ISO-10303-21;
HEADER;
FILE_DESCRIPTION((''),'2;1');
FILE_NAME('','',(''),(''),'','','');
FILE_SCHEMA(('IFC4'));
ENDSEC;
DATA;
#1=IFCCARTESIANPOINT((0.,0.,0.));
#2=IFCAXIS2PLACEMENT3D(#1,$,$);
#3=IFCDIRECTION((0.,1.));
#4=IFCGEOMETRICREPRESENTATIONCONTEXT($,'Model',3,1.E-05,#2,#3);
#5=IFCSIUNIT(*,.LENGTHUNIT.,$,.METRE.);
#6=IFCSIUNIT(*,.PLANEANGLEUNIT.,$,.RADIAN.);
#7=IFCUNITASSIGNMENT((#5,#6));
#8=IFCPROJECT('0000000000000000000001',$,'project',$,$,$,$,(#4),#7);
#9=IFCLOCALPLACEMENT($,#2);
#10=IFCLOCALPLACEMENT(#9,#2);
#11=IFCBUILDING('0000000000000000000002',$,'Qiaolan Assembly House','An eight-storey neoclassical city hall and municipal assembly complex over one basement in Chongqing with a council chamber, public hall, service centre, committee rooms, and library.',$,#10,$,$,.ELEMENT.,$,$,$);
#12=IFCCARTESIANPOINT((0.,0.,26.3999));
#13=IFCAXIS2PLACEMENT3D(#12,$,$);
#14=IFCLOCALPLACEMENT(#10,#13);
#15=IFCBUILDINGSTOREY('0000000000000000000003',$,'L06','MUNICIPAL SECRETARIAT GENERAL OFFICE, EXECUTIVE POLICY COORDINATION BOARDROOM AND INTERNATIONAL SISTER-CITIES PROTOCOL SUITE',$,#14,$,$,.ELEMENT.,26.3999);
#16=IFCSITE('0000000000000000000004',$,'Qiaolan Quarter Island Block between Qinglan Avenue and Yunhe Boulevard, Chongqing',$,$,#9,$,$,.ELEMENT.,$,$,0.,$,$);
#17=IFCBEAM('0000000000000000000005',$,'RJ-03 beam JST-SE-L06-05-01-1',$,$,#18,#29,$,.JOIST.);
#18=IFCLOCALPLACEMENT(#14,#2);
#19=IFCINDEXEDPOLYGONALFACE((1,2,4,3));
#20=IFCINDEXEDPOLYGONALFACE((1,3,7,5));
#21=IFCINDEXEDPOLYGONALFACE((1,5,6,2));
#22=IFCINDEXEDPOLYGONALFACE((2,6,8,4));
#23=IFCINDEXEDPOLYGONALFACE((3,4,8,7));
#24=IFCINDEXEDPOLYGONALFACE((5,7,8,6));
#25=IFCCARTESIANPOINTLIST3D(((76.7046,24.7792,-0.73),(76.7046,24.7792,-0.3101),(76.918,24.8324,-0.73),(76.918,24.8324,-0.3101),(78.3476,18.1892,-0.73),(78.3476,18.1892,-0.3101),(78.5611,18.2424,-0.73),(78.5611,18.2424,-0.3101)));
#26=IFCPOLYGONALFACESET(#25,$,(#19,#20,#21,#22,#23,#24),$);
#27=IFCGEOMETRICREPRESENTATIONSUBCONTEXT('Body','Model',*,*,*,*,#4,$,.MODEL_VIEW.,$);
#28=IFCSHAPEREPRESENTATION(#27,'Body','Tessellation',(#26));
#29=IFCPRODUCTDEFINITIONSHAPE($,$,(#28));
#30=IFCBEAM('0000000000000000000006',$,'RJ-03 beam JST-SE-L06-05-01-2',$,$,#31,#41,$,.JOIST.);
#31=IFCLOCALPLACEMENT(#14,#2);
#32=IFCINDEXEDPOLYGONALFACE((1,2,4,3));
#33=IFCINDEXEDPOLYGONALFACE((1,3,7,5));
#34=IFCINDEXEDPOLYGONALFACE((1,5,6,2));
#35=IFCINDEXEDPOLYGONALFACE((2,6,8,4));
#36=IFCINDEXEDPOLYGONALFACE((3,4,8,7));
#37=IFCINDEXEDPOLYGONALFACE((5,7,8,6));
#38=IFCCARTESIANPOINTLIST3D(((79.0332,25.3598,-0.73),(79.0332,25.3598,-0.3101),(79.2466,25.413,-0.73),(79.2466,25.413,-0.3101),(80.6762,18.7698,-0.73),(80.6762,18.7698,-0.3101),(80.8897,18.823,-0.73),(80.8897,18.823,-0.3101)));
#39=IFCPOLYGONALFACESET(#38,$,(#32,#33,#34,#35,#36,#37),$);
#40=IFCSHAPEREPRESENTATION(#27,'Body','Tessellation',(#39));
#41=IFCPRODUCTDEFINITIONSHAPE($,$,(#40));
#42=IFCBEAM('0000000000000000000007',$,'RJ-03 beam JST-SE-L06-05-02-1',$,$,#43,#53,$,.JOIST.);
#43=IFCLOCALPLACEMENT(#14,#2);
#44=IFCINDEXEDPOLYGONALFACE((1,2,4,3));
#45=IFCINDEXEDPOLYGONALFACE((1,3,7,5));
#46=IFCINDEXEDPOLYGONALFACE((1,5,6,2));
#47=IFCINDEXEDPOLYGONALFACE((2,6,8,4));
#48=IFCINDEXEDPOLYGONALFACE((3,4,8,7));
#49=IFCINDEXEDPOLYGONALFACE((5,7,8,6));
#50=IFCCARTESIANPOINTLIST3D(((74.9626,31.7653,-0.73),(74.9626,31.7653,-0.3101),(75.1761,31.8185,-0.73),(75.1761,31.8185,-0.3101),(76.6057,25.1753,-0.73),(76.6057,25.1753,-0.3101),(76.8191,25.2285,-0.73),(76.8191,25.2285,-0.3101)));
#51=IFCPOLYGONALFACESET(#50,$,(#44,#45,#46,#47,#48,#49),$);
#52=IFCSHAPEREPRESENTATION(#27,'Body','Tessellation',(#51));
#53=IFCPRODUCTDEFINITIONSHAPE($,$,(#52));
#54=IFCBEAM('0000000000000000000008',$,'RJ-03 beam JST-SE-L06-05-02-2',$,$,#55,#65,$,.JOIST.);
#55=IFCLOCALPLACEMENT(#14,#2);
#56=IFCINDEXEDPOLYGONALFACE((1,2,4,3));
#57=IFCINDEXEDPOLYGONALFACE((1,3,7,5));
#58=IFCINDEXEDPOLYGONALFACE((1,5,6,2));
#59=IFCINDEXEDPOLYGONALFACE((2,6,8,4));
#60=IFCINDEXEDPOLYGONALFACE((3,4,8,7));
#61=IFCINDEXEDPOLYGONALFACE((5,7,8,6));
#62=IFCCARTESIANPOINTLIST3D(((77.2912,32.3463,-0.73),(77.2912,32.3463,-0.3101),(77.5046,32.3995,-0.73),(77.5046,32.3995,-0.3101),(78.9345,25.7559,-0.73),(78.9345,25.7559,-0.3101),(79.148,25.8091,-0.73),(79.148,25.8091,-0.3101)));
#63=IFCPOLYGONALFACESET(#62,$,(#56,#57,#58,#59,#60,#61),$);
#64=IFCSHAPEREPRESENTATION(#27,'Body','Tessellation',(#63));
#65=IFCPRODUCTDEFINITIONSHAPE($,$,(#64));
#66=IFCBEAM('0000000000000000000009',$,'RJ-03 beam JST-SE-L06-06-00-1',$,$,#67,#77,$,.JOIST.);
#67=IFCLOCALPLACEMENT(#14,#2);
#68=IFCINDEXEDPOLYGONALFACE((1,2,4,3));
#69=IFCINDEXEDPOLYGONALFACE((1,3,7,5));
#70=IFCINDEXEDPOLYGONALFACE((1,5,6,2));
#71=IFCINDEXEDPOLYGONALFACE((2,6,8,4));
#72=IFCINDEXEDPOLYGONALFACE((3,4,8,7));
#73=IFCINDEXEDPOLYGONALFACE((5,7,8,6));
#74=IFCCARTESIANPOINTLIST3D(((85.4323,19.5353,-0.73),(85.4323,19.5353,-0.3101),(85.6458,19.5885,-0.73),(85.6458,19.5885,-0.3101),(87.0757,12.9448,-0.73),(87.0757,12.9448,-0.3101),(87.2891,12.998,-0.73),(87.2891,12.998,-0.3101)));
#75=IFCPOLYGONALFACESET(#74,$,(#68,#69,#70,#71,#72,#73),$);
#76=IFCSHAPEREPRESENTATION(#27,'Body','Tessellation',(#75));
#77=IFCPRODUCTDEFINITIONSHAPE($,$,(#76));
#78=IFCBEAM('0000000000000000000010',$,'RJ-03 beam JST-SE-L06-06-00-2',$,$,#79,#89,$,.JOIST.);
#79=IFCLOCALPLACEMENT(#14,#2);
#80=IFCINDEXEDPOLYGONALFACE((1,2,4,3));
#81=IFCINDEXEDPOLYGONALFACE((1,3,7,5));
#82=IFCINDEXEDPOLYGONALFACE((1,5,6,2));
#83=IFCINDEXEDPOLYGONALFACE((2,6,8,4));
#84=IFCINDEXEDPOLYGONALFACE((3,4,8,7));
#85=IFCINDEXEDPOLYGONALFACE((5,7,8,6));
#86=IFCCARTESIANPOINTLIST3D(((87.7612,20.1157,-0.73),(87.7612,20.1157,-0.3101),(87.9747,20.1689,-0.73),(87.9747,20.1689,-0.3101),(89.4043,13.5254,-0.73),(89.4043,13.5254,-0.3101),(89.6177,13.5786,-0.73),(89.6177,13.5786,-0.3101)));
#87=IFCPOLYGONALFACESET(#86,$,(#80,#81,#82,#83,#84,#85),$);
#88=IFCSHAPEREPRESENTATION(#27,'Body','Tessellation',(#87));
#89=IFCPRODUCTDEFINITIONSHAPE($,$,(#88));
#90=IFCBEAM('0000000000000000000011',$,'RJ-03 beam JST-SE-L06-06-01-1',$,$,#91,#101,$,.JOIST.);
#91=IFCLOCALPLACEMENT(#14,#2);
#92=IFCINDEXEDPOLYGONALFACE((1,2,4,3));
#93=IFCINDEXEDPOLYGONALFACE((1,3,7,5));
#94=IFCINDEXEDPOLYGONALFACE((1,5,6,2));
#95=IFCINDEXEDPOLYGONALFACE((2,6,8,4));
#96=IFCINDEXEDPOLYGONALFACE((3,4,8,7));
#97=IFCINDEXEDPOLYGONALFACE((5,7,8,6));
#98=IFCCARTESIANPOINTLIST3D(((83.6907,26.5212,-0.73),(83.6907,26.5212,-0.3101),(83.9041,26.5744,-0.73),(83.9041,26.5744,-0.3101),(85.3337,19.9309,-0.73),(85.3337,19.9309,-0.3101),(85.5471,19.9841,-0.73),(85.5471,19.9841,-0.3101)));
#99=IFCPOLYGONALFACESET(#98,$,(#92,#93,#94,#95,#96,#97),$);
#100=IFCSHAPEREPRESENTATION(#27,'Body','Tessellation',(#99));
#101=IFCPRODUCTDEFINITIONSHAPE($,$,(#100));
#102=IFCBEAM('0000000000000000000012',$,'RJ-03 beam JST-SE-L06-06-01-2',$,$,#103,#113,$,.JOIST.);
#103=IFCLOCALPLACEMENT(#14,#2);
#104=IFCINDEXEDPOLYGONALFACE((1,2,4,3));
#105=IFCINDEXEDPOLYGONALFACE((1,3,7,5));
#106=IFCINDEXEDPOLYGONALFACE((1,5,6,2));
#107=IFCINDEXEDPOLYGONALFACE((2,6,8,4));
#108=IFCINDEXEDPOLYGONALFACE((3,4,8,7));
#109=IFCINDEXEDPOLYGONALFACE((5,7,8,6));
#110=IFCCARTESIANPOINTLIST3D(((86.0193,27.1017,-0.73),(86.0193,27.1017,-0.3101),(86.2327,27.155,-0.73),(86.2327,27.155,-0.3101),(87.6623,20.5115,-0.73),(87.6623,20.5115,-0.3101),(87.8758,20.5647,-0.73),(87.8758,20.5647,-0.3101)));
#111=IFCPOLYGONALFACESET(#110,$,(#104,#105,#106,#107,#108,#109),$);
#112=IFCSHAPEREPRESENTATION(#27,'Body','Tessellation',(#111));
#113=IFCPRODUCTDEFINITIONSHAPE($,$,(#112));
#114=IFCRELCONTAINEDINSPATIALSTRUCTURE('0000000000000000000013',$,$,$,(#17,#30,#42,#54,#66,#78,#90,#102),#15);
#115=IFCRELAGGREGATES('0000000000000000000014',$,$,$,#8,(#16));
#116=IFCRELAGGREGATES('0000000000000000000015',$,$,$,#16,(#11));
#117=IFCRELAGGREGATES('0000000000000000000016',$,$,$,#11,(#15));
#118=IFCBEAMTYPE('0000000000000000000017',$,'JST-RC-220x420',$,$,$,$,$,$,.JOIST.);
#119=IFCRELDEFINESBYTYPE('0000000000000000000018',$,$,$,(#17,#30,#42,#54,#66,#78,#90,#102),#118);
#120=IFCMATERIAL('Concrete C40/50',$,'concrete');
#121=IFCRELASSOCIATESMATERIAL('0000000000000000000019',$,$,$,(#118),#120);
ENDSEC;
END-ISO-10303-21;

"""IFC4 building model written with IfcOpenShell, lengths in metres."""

from ifc_helpers import new_model, si_unit, direction, frame, origin, origin_2d, place, context, subcontext, project, spatial, rectangle, extrude, material, material_profile, profile_set, type_object, element, save


model = new_model("IFC4")

# Units and contexts
model_context = context("Model", 3, precision=1e-05, world=origin(), true_north=direction((0.0, 1.0)))
body_context = subcontext(model_context, "Body", "Model", "MODEL_VIEW")
ifc_project = project(units=[si_unit("LENGTHUNIT", "METRE"), si_unit("PLANEANGLEUNIT", "RADIAN")], contexts=[model_context])

# Site, building, storey
site_placement = place(None, origin())
site = spatial("IfcSite", under=ifc_project, at=site_placement, Name="Qiaolan Quarter Island Block between Qinglan Avenue and Yunhe Boulevard, Chongqing", CompositionType="ELEMENT", RefElevation=0.0)
building_placement = place(site_placement, origin())
building = spatial("IfcBuilding", under=site, at=building_placement, Name="Qiaolan Assembly House", Description="An eight-storey neoclassical city hall and municipal assembly complex over one basement in Chongqing with a council chamber, public hall, service centre, committee rooms, and library.", CompositionType="ELEMENT")
storey_placement = place(building_placement, frame((0.0, 0.0, 26.3999)))
storey = spatial("IfcBuildingStorey", under=building, at=storey_placement, Name="L06", Description="MUNICIPAL SECRETARIAT GENERAL OFFICE, EXECUTIVE POLICY COORDINATION BOARDROOM AND INTERNATIONAL SISTER-CITIES PROTOCOL SUITE", CompositionType="ELEMENT", Elevation=26.3999)

# Beams
ifc_material_1 = material(Name="Concrete C40/50", Category="concrete")
ifc_material_profile_1 = material_profile(ifc_material_1, rectangle(XDim=0.22, YDim=0.4199, at=origin_2d()), Name="RCB 220x420")
ifc_profile_set_1 = profile_set([ifc_material_profile_1], Name="Concrete C40/50")
beam_type_1 = type_object("IfcBeamType", Name="JST-RC-220x420", PredefinedType="JOIST", material=ifc_profile_set_1)
for number, where, z_axis, x_axis, name in (
    (1, (78.4543, 18.2158, -0.52), (-0.241918, 0.970297, 0.0), (-0.970297, -0.241918, 0.0), "RJ-03 beam JST-SE-L06-05-01-1"),
    (2, (80.783, 18.7964, -0.52), (-0.241918, 0.970297, 0.0), (-0.970297, -0.241918, 0.0), "RJ-03 beam JST-SE-L06-05-01-2"),
    (3, (76.7124, 25.2019, -0.52), (-0.241918, 0.970297, 0.0), (-0.970297, -0.241918, 0.0), "RJ-03 beam JST-SE-L06-05-02-1"),
):
    element("IfcBeam", number, at=place(storey_placement, frame(where, z_axis=z_axis, x_axis=x_axis)), inside=storey, type_object=beam_type_1, Name=name, PredefinedType="JOIST", context=body_context, shape_type="SweptSolid", body=[
        extrude(rectangle(XDim=0.22, YDim=0.4199, at=origin_2d()), origin(), (0.0, 0.0, 1.0), 6.7917),
    ])
for number, where, z_axis, x_axis, name in (
    (4, (79.0413, 25.7825, -0.52), (-0.241944, 0.97029, 0.0), (-0.97029, -0.241944, 0.0), "RJ-03 beam JST-SE-L06-05-02-2"),
    (5, (87.1824, 12.9714, -0.52), (-0.241944, 0.97029, 0.0), (-0.97029, -0.241944, 0.0), "RJ-03 beam JST-SE-L06-06-00-1"),
):
    element("IfcBeam", number, at=place(storey_placement, frame(where, z_axis=z_axis, x_axis=x_axis)), inside=storey, type_object=beam_type_1, Name=name, PredefinedType="JOIST", context=body_context, shape_type="SweptSolid", body=[
        extrude(rectangle(XDim=0.22, YDim=0.4199, at=origin_2d()), origin(), (0.0, 0.0, 1.0), 6.7922),
    ])
for number, where, z_axis, x_axis, name in (
    (6, (89.511, 13.552, -0.52), (-0.24191, 0.970299, 0.0), (-0.970299, -0.24191, 0.0), "RJ-03 beam JST-SE-L06-06-00-2"),
    (7, (85.4404, 19.9575, -0.52), (-0.24191, 0.970299, 0.0), (-0.970299, -0.24191, 0.0), "RJ-03 beam JST-SE-L06-06-01-1"),
    (8, (87.769, 20.5381, -0.52), (-0.24191, 0.970299, 0.0), (-0.970299, -0.24191, 0.0), "RJ-03 beam JST-SE-L06-06-01-2"),
):
    element("IfcBeam", number, at=place(storey_placement, frame(where, z_axis=z_axis, x_axis=x_axis)), inside=storey, type_object=beam_type_1, Name=name, PredefinedType="JOIST", context=body_context, shape_type="SweptSolid", body=[
        extrude(rectangle(XDim=0.22, YDim=0.4199, at=origin_2d()), origin(), (0.0, 0.0, 1.0), 6.792),
    ])

save(model, "model.ifc")
